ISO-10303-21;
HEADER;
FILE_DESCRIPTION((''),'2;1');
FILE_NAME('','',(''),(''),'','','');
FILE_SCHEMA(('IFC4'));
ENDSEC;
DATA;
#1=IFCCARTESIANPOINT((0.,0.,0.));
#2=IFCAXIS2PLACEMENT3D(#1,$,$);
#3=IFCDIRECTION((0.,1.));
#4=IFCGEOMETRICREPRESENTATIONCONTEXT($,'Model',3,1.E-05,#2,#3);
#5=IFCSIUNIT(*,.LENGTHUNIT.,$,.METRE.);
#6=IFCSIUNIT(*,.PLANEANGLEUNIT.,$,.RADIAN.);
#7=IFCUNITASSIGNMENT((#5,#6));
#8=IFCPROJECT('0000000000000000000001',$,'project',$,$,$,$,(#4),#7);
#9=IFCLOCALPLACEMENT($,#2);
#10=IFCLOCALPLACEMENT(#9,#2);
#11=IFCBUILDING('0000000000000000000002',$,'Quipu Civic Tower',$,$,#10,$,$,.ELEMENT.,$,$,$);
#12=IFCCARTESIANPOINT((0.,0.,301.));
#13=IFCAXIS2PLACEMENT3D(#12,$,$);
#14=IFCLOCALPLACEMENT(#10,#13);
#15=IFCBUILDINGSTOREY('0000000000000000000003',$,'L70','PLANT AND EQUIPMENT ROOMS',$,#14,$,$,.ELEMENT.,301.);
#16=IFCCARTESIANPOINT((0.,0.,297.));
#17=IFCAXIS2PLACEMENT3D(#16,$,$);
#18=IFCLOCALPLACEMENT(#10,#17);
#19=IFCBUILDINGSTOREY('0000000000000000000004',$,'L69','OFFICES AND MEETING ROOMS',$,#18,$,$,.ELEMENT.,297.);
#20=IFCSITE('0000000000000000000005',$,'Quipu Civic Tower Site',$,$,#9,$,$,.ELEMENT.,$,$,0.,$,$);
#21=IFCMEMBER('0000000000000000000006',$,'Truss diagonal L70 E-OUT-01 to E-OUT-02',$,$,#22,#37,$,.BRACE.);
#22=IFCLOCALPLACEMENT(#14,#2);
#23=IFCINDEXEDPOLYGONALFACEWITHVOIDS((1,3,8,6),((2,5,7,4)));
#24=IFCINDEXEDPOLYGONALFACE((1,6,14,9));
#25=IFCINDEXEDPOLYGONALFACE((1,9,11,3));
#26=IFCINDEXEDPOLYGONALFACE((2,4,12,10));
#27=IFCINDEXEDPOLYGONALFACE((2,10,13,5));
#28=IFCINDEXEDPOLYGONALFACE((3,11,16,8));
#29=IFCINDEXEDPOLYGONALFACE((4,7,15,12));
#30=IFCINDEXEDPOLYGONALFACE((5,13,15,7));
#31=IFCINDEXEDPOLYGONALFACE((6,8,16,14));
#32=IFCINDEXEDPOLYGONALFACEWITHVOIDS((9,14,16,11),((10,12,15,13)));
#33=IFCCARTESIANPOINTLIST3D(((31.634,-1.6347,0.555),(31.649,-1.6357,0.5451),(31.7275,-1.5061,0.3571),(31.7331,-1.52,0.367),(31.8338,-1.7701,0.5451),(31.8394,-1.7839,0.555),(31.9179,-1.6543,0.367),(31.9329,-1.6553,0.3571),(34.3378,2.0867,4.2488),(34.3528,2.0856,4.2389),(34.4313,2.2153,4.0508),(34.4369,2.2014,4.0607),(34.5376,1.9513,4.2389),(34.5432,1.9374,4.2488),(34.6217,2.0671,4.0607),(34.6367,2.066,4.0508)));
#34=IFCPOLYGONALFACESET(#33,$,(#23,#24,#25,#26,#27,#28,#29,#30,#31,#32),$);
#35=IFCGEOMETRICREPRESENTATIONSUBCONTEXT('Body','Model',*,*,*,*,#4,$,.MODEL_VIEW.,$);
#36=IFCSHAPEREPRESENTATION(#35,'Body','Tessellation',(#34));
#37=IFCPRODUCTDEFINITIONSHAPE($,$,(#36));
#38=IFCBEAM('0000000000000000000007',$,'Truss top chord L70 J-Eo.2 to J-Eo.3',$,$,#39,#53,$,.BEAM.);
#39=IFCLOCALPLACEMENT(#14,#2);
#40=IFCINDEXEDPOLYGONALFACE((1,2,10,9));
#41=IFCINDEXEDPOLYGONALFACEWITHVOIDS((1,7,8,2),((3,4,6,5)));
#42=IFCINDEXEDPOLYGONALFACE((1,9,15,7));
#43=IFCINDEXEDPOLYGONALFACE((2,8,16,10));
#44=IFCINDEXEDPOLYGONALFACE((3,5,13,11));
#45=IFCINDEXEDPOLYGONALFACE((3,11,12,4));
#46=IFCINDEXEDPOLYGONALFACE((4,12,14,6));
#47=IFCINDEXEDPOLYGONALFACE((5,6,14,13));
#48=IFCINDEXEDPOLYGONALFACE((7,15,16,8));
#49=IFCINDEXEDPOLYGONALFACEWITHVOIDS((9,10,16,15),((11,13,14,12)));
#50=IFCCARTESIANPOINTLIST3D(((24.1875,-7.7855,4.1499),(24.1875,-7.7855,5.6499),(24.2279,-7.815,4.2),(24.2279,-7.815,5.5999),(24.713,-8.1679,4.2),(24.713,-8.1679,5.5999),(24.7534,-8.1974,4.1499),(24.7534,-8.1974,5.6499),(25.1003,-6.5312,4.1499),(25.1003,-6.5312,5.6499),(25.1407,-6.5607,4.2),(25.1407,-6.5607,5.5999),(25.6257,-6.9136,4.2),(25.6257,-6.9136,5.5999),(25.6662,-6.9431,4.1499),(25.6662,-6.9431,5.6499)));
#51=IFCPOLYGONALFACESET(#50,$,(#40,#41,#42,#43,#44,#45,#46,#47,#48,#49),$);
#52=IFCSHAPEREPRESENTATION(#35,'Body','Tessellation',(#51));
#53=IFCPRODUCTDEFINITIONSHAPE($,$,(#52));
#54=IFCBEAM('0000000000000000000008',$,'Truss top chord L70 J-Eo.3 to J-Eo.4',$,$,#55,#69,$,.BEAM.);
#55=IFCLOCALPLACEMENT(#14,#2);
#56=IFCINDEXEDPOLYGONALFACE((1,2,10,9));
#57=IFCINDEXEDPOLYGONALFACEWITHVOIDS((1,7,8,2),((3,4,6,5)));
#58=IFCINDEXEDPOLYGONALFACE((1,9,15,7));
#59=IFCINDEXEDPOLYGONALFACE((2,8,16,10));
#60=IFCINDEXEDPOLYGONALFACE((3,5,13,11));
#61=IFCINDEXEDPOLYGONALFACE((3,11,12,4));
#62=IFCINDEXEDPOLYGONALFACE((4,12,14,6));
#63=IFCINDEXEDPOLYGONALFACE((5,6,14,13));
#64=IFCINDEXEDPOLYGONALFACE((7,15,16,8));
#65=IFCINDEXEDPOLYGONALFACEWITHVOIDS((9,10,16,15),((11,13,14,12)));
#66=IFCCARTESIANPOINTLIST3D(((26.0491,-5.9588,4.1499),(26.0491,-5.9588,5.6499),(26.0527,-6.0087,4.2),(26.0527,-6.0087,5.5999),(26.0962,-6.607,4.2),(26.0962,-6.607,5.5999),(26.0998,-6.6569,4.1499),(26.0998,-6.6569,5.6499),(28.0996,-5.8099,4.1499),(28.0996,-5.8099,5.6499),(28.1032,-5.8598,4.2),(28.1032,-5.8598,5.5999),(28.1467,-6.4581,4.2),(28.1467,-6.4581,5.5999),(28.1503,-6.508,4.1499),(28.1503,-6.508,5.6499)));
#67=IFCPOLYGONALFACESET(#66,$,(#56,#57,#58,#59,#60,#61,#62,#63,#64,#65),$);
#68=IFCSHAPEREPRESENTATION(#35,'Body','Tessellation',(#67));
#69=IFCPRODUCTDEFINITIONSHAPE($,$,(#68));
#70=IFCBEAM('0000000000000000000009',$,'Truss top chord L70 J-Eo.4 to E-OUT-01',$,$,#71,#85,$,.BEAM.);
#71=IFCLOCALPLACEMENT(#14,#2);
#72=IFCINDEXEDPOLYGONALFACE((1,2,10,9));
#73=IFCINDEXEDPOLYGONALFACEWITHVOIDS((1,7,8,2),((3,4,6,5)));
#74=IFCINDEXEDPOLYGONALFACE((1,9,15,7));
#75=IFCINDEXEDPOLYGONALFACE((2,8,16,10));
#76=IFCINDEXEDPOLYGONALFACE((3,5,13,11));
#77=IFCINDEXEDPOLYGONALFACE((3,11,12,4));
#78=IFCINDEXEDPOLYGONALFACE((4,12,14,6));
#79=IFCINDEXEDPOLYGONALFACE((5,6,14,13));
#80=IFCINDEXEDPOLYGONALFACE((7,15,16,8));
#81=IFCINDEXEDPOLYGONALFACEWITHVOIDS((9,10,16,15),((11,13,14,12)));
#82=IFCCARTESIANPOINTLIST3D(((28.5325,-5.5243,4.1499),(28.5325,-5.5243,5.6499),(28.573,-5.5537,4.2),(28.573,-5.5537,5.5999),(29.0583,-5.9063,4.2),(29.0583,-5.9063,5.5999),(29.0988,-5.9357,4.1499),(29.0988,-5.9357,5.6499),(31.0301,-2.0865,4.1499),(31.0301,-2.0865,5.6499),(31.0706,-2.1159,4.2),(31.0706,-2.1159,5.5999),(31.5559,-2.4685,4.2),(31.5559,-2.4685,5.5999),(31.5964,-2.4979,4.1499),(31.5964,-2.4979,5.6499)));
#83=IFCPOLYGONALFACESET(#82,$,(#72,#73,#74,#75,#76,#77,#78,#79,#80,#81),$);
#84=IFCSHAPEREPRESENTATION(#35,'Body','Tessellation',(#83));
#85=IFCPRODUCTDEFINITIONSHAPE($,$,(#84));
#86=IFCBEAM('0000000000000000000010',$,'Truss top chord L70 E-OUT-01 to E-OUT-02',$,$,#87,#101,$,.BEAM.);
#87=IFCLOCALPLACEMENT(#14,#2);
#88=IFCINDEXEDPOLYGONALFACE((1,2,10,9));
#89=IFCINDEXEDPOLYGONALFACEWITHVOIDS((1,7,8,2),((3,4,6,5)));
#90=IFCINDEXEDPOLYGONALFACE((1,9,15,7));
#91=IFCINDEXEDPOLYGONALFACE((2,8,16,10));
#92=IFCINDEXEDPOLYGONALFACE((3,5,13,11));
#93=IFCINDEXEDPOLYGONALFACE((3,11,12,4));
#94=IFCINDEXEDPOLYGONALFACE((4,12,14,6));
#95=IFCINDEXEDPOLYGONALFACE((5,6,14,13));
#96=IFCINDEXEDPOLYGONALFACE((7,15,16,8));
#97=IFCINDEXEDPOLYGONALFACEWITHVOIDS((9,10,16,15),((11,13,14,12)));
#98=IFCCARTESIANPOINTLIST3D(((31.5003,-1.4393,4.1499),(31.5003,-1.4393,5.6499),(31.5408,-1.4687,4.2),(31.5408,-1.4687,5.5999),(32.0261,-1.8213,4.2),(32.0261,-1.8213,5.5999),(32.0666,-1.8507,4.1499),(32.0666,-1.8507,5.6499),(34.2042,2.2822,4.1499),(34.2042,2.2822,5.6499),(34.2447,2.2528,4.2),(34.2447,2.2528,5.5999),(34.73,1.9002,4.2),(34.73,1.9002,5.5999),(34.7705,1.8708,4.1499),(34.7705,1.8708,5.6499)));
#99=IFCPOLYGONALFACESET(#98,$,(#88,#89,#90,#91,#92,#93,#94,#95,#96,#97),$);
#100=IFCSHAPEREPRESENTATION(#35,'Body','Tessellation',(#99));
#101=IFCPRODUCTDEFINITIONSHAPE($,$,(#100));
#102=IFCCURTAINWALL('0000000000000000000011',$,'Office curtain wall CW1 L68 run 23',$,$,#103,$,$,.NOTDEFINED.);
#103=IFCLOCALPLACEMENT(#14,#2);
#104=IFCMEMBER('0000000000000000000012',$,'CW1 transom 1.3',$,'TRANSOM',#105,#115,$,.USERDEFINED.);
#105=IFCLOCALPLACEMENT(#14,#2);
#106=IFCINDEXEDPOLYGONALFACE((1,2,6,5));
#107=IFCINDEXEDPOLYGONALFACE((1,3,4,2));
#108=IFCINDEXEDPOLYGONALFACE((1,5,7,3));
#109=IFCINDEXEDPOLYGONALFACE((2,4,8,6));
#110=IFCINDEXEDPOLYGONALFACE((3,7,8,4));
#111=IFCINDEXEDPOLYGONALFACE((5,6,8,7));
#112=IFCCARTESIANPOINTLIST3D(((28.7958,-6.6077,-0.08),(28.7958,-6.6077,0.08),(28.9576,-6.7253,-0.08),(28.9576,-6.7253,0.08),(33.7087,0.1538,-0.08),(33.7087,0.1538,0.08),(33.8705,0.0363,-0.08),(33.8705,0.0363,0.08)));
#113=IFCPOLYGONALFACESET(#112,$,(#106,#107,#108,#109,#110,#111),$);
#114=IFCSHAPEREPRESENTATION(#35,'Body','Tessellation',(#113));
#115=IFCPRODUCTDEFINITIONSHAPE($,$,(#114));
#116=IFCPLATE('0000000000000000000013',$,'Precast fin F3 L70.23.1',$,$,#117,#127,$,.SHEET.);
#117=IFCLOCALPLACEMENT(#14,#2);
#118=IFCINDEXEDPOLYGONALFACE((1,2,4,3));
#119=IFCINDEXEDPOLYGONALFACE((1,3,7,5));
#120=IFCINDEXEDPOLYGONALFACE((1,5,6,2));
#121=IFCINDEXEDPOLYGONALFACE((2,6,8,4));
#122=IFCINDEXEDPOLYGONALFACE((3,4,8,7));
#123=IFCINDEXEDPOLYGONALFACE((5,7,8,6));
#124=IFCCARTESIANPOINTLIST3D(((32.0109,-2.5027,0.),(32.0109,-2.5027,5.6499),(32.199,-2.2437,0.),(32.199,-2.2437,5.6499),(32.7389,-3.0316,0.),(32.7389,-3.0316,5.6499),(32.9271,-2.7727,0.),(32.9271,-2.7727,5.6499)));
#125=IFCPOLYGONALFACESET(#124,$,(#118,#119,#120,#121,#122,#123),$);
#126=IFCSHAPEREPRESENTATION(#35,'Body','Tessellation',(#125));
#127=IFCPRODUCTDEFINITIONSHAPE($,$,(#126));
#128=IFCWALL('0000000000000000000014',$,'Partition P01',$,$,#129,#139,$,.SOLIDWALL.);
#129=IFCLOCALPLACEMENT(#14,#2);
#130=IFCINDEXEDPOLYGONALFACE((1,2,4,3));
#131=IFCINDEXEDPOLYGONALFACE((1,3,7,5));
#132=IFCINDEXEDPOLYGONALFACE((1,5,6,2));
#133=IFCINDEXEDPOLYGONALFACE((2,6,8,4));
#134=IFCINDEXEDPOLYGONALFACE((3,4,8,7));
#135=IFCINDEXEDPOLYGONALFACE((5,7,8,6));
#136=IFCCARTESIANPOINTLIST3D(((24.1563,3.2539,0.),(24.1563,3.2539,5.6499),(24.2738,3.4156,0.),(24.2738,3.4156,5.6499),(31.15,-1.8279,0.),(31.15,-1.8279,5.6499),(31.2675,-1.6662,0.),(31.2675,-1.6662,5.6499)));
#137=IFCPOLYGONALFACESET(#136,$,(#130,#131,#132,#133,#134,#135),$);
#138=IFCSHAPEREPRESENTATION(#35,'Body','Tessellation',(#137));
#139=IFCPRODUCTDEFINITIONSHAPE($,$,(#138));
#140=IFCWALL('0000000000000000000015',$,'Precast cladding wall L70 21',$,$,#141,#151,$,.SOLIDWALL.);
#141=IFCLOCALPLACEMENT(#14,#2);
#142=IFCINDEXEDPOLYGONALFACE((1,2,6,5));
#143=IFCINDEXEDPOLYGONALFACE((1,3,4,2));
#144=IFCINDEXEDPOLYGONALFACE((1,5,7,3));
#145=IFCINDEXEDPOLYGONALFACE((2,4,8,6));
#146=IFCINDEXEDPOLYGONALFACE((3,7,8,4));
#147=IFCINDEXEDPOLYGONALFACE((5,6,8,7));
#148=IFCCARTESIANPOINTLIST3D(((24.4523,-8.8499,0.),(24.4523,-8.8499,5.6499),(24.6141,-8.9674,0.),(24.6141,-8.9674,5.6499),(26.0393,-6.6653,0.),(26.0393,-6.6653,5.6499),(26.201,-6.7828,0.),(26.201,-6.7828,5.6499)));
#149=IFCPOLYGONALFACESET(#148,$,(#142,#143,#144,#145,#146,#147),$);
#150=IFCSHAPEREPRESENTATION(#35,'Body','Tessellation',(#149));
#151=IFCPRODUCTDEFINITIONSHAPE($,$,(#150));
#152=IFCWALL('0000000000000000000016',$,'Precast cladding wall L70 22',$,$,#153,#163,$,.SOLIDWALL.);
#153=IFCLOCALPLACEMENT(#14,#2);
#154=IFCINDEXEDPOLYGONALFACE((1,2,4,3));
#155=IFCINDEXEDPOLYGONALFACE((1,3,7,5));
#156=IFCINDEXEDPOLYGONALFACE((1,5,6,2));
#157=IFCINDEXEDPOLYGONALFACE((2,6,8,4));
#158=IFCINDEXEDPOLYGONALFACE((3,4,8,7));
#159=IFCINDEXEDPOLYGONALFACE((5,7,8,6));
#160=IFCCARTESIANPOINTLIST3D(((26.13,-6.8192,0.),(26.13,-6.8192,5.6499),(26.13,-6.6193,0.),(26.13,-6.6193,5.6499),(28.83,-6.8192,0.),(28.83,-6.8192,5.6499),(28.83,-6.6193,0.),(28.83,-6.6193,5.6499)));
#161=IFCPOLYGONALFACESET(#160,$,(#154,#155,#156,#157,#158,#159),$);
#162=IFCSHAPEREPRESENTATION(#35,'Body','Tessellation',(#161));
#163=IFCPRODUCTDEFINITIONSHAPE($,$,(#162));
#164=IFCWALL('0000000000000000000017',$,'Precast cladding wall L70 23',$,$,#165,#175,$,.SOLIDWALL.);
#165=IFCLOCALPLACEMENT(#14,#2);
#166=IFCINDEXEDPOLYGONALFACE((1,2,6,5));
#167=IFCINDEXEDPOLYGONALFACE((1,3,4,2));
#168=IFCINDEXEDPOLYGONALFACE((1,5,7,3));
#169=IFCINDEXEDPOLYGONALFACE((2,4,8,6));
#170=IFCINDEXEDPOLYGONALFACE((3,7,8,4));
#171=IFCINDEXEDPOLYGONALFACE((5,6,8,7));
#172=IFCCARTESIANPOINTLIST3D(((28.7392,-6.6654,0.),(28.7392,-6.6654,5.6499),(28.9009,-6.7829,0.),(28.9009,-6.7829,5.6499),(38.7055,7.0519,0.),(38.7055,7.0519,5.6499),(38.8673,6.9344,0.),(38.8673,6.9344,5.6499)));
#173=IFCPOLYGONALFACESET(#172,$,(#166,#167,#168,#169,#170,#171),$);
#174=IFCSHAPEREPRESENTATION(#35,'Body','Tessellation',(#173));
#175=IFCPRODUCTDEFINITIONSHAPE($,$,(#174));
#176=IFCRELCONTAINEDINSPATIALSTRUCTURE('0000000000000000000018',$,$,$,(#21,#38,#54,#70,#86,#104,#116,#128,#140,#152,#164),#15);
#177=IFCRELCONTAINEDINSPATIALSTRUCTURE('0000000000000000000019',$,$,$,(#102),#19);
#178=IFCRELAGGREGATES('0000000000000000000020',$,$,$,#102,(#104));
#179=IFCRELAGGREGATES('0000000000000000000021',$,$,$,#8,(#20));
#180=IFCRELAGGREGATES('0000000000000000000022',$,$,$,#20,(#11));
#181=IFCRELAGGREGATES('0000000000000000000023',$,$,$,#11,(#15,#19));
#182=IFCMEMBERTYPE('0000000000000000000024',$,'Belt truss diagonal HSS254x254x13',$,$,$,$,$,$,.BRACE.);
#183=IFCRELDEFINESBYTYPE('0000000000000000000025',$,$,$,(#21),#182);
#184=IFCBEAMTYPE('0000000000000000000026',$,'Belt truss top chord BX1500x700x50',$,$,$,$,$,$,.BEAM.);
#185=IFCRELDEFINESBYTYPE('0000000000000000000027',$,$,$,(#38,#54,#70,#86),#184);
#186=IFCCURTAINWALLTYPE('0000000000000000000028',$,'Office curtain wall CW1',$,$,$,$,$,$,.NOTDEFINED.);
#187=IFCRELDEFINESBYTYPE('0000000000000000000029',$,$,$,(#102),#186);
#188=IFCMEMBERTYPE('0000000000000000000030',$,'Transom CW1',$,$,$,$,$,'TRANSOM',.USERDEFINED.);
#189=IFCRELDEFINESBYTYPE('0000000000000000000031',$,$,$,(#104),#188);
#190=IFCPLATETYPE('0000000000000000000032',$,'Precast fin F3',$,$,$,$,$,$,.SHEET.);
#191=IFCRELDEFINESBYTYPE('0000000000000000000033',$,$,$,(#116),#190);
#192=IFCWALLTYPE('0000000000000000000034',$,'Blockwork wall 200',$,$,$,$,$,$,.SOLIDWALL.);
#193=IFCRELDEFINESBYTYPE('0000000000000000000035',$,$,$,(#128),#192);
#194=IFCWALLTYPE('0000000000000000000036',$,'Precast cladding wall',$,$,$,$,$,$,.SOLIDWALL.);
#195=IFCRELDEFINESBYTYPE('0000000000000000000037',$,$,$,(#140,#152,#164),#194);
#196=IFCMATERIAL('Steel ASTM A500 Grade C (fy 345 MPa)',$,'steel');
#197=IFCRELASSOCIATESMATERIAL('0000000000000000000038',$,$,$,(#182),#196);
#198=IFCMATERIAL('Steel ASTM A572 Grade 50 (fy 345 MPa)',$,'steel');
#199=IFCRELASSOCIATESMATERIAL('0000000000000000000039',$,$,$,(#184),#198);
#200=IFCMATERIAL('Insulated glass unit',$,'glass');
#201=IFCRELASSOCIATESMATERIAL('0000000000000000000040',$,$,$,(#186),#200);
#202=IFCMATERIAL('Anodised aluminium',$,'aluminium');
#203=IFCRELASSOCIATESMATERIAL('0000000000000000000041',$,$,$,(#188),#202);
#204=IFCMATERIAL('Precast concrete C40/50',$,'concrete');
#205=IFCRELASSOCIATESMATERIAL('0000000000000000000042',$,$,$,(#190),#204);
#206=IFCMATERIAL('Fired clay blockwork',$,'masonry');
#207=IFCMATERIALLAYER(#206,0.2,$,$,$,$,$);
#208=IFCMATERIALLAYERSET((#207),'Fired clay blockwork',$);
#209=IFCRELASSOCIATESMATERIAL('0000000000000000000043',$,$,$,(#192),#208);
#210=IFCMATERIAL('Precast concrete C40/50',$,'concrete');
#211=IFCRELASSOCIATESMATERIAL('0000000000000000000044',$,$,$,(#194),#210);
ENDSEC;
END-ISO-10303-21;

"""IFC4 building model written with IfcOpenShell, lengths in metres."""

from ifc_helpers import new_model, si_unit, direction, frame, frame_2d, origin, origin_2d, place, context, subcontext, project, spatial, rectangle, hollow_rectangle, extrude, material, layer, layer_set, material_profile, profile_set, type_object, element, aggregate, save


model = new_model("IFC4")

# Units and contexts
model_context = context("Model", 3, precision=1e-05, world=origin(), true_north=direction((0.0, 1.0)))
body_context = subcontext(model_context, "Body", "Model", "MODEL_VIEW")
ifc_project = project(units=[si_unit("LENGTHUNIT", "METRE"), si_unit("PLANEANGLEUNIT", "RADIAN")], contexts=[model_context])

# Site, building, storey
site_placement = place(None, origin())
site = spatial("IfcSite", under=ifc_project, at=site_placement, Name="Quipu Civic Tower Site", CompositionType="ELEMENT", RefElevation=0.0)
building_placement = place(site_placement, origin())
building = spatial("IfcBuilding", under=site, at=building_placement, Name="Quipu Civic Tower", CompositionType="ELEMENT")
storey_1_placement = place(building_placement, frame((0.0, 0.0, 301.0)))
storey_1 = spatial("IfcBuildingStorey", under=building, at=storey_1_placement, Name="L70", Description="PLANT AND EQUIPMENT ROOMS", CompositionType="ELEMENT", Elevation=301.0)

# Member
ifc_material_1 = material(Name="Steel ASTM A500 Grade C (fy 345 MPa)", Category="steel")
ifc_material_profile_1 = material_profile(ifc_material_1, hollow_rectangle(XDim=0.2539, YDim=0.2539, WallThickness=0.0127, at=origin_2d()), Name="HSS254x254x13")
ifc_profile_set_1 = profile_set([ifc_material_profile_1], Name="Steel ASTM A500 Grade C (fy 345 MPa)")
member_type_1 = type_object("IfcMemberType", Name="Belt truss diagonal HSS254x254x13", PredefinedType="BRACE", material=ifc_profile_set_1)
member_1_placement = place(storey_1_placement, frame((31.7834, -1.645, 0.4561), z_axis=(0.458318, 0.630802, 0.626126), x_axis=(-0.809009, 0.587796, 0.0)))
element("IfcMember", 1, at=member_1_placement, inside=storey_1, type_object=member_type_1, Name="Truss diagonal L70 E-OUT-01 to E-OUT-02", PredefinedType="BRACE", context=body_context, shape_type="SweptSolid", body=[
    extrude(hollow_rectangle(XDim=0.2539, YDim=0.2539, WallThickness=0.0127, at=origin_2d()), origin(), (0.0, 0.0, 1.0), 5.8994),
])

# Beams
ifc_material_2 = material(Name="Steel ASTM A572 Grade 50 (fy 345 MPa)", Category="steel")
ifc_material_profile_2 = material_profile(ifc_material_2, hollow_rectangle(XDim=0.7, YDim=1.5, WallThickness=0.05, at=origin_2d()), Name="BX1500x700x50")
ifc_profile_set_2 = profile_set([ifc_material_profile_2], Name="Steel ASTM A572 Grade 50 (fy 345 MPa)")
beam_type_1 = type_object("IfcBeamType", Name="Belt truss top chord BX1500x700x50", PredefinedType="BEAM", material=ifc_profile_set_2)
beam_1_placement = place(storey_1_placement, frame((24.4705, -7.9915, 4.8999), z_axis=(0.588406, 0.808566, 0.0), x_axis=(-0.808566, 0.588406, 0.0)))
element("IfcBeam", 2, at=beam_1_placement, inside=storey_1, type_object=beam_type_1, Name="Truss top chord L70 J-Eo.2 to J-Eo.3", PredefinedType="BEAM", context=body_context, shape_type="SweptSolid", body=[
    extrude(hollow_rectangle(XDim=0.7, YDim=1.5, WallThickness=0.05, at=origin_2d()), origin(), (0.0, 0.0, 1.0), 1.5513),
])
beam_2_placement = place(storey_1_placement, frame((26.0745, -6.3079, 4.8999), z_axis=(0.997373, 0.072437, 0.0), x_axis=(-0.072437, 0.997373, 0.0)))
element("IfcBeam", 3, at=beam_2_placement, inside=storey_1, type_object=beam_type_1, Name="Truss top chord L70 J-Eo.3 to J-Eo.4", PredefinedType="BEAM", context=body_context, shape_type="SweptSolid", body=[
    extrude(hollow_rectangle(XDim=0.7, YDim=1.5, WallThickness=0.05, at=origin_2d()), origin(), (0.0, 0.0, 1.0), 2.0559),
])
beam_3_placement = place(storey_1_placement, frame((28.8157, -5.73, 4.8999), z_axis=(0.587769, 0.809029, 0.0), x_axis=(-0.809029, 0.587769, 0.0)))
element("IfcBeam", 4, at=beam_3_placement, inside=storey_1, type_object=beam_type_1, Name="Truss top chord L70 J-Eo.4 to E-OUT-01", PredefinedType="BEAM", context=body_context, shape_type="SweptSolid", body=[
    extrude(hollow_rectangle(XDim=0.7, YDim=1.5, WallThickness=0.05, at=origin_2d()), origin(), (0.0, 0.0, 1.0), 4.2493),
])
beam_4_placement = place(storey_1_placement, frame((31.7834, -1.645, 4.8999), z_axis=(0.587796, 0.809009, 0.0), x_axis=(-0.809009, 0.587796, 0.0)))
element("IfcBeam", 5, at=beam_4_placement, inside=storey_1, type_object=beam_type_1, Name="Truss top chord L70 E-OUT-01 to E-OUT-02", PredefinedType="BEAM", context=body_context, shape_type="SweptSolid", body=[
    extrude(hollow_rectangle(XDim=0.7, YDim=1.5, WallThickness=0.05, at=origin_2d()), origin(), (0.0, 0.0, 1.0), 4.6001),
])

# Shared definitions
storey_2_placement = place(building_placement, frame((0.0, 0.0, 297.0)))
storey_2 = spatial("IfcBuildingStorey", under=building, at=storey_2_placement, Name="L69", Description="OFFICES AND MEETING ROOMS", CompositionType="ELEMENT", Elevation=297.0)

# Curtain wall, member
ifc_material_3 = material(Name="Insulated glass unit", Category="glass")
curtain_wall_type = type_object("IfcCurtainWallType", Name="Office curtain wall CW1", PredefinedType="NOTDEFINED", material=ifc_material_3)
curtain_wall_placement = place(storey_2_placement, origin())
curtain_wall = element("IfcCurtainWall", 6, at=curtain_wall_placement, inside=storey_2, type_object=curtain_wall_type, Name="Office curtain wall CW1 L68 run 23", PredefinedType="NOTDEFINED")
ifc_material_4 = material(Name="Anodised aluminium", Category="aluminium")
ifc_material_profile_3 = material_profile(ifc_material_4, rectangle(XDim=0.2, YDim=0.1599, at=origin_2d()), Name="RECT 200x160")
ifc_profile_set_3 = profile_set([ifc_material_profile_3], Name="Anodised aluminium")
member_type_2 = type_object("IfcMemberType", Name="Transom CW1", ElementType="TRANSOM", PredefinedType="USERDEFINED", material=ifc_profile_set_3)
member_2_placement = place(storey_1_placement, frame((28.8767, -6.6665, 0.0), z_axis=(0.587812, 0.808997, 0.0), x_axis=(-0.808997, 0.587812, 0.0)))
member_2 = element("IfcMember", 7, at=member_2_placement, inside=storey_1, type_object=member_type_2, Name="CW1 transom 1.3", ObjectType="TRANSOM", PredefinedType="USERDEFINED", context=body_context, shape_type="SweptSolid", body=[
    extrude(rectangle(XDim=0.2, YDim=0.1599, at=origin_2d()), origin(), (0.0, 0.0, 1.0), 8.3579),
])
aggregate(curtain_wall, [member_2])

# Plate
ifc_material_5 = material(Name="Precast concrete C40/50", Category="concrete")
plate_type = type_object("IfcPlateType", Name="Precast fin F3", PredefinedType="SHEET", material=ifc_material_5)
plate_placement = place(storey_1_placement, frame((32.469, -2.6377, 0.0), z_axis=(0.0, 0.0, 1.0), x_axis=(0.587787, 0.809016, 0.0)))
element("IfcPlate", 8, at=plate_placement, inside=storey_1, type_object=plate_type, Name="Precast fin F3 L70.23.1", PredefinedType="SHEET", context=body_context, shape_type="SweptSolid", body=[
    extrude(rectangle(XDim=0.3201, YDim=0.8999, at=origin_2d()), origin(), (0.0, 0.0, 1.0), 5.6499),
])

# Walls
ifc_material_6 = material(Name="Fired clay blockwork", Category="masonry")
ifc_layer = layer(ifc_material_6, 0.2)
ifc_layer_set = layer_set([ifc_layer], Name="Fired clay blockwork")
wall_type_1 = type_object("IfcWallType", Name="Blockwork wall 200", PredefinedType="SOLIDWALL", material=ifc_layer_set)
wall_1_placement = place(storey_1_placement, frame((31.2087, -1.7471, 0.0), z_axis=(0.0, 0.0, 1.0), x_axis=(-0.808984, 0.587831, 0.0)))
element("IfcWall", 9, at=wall_1_placement, inside=storey_1, type_object=wall_type_1, Name="Partition P01", PredefinedType="SOLIDWALL", context=body_context, shape_type="SweptSolid", body=[
    extrude(rectangle(XDim=8.645, YDim=0.2, at=frame_2d((4.3225, 0.0))), origin(), (0.0, 0.0, 1.0), 5.6499),
])
ifc_material_7 = material(Name="Precast concrete C40/50", Category="concrete")
wall_type_2 = type_object("IfcWallType", Name="Precast cladding wall", PredefinedType="SOLIDWALL", material=ifc_material_7)
wall_2_placement = place(storey_1_placement, frame((24.5332, -8.9087, 0.0), z_axis=(0.0, 0.0, 1.0), x_axis=(0.58772, 0.809064, 0.0)))
element("IfcWall", 10, at=wall_2_placement, inside=storey_1, type_object=wall_type_2, Name="Precast cladding wall L70 21", PredefinedType="SOLIDWALL", context=body_context, shape_type="SweptSolid", body=[
    extrude(rectangle(XDim=2.7002, YDim=0.2, at=frame_2d((1.3501, 0.0))), origin(), (0.0, 0.0, 1.0), 5.6499),
])
wall_3_placement = place(storey_1_placement, frame((26.1299, -6.7192, 0.0), z_axis=(0.0, 0.0, 1.0), x_axis=(1.0, 0.0, 0.0)))
element("IfcWall", 11, at=wall_3_placement, inside=storey_1, type_object=wall_type_2, Name="Precast cladding wall L70 22", PredefinedType="SOLIDWALL", context=body_context, shape_type="SweptSolid", body=[
    extrude(rectangle(XDim=2.7, YDim=0.2, at=frame_2d((1.3501, 0.0))), origin(), (0.0, 0.0, 1.0), 5.6499),
])
wall_4_placement = place(storey_1_placement, frame((28.8201, -6.7241, 0.0), z_axis=(0.0, 0.0, 1.0), x_axis=(0.58779, 0.809014, 0.0)))
element("IfcWall", 12, at=wall_4_placement, inside=storey_1, type_object=wall_type_2, Name="Precast cladding wall L70 23", PredefinedType="SOLIDWALL", context=body_context, shape_type="SweptSolid", body=[
    extrude(rectangle(XDim=16.9556, YDim=0.2, at=frame_2d((8.4778, 0.0))), origin(), (0.0, 0.0, 1.0), 5.6499),
])

save(model, "model.ifc")
